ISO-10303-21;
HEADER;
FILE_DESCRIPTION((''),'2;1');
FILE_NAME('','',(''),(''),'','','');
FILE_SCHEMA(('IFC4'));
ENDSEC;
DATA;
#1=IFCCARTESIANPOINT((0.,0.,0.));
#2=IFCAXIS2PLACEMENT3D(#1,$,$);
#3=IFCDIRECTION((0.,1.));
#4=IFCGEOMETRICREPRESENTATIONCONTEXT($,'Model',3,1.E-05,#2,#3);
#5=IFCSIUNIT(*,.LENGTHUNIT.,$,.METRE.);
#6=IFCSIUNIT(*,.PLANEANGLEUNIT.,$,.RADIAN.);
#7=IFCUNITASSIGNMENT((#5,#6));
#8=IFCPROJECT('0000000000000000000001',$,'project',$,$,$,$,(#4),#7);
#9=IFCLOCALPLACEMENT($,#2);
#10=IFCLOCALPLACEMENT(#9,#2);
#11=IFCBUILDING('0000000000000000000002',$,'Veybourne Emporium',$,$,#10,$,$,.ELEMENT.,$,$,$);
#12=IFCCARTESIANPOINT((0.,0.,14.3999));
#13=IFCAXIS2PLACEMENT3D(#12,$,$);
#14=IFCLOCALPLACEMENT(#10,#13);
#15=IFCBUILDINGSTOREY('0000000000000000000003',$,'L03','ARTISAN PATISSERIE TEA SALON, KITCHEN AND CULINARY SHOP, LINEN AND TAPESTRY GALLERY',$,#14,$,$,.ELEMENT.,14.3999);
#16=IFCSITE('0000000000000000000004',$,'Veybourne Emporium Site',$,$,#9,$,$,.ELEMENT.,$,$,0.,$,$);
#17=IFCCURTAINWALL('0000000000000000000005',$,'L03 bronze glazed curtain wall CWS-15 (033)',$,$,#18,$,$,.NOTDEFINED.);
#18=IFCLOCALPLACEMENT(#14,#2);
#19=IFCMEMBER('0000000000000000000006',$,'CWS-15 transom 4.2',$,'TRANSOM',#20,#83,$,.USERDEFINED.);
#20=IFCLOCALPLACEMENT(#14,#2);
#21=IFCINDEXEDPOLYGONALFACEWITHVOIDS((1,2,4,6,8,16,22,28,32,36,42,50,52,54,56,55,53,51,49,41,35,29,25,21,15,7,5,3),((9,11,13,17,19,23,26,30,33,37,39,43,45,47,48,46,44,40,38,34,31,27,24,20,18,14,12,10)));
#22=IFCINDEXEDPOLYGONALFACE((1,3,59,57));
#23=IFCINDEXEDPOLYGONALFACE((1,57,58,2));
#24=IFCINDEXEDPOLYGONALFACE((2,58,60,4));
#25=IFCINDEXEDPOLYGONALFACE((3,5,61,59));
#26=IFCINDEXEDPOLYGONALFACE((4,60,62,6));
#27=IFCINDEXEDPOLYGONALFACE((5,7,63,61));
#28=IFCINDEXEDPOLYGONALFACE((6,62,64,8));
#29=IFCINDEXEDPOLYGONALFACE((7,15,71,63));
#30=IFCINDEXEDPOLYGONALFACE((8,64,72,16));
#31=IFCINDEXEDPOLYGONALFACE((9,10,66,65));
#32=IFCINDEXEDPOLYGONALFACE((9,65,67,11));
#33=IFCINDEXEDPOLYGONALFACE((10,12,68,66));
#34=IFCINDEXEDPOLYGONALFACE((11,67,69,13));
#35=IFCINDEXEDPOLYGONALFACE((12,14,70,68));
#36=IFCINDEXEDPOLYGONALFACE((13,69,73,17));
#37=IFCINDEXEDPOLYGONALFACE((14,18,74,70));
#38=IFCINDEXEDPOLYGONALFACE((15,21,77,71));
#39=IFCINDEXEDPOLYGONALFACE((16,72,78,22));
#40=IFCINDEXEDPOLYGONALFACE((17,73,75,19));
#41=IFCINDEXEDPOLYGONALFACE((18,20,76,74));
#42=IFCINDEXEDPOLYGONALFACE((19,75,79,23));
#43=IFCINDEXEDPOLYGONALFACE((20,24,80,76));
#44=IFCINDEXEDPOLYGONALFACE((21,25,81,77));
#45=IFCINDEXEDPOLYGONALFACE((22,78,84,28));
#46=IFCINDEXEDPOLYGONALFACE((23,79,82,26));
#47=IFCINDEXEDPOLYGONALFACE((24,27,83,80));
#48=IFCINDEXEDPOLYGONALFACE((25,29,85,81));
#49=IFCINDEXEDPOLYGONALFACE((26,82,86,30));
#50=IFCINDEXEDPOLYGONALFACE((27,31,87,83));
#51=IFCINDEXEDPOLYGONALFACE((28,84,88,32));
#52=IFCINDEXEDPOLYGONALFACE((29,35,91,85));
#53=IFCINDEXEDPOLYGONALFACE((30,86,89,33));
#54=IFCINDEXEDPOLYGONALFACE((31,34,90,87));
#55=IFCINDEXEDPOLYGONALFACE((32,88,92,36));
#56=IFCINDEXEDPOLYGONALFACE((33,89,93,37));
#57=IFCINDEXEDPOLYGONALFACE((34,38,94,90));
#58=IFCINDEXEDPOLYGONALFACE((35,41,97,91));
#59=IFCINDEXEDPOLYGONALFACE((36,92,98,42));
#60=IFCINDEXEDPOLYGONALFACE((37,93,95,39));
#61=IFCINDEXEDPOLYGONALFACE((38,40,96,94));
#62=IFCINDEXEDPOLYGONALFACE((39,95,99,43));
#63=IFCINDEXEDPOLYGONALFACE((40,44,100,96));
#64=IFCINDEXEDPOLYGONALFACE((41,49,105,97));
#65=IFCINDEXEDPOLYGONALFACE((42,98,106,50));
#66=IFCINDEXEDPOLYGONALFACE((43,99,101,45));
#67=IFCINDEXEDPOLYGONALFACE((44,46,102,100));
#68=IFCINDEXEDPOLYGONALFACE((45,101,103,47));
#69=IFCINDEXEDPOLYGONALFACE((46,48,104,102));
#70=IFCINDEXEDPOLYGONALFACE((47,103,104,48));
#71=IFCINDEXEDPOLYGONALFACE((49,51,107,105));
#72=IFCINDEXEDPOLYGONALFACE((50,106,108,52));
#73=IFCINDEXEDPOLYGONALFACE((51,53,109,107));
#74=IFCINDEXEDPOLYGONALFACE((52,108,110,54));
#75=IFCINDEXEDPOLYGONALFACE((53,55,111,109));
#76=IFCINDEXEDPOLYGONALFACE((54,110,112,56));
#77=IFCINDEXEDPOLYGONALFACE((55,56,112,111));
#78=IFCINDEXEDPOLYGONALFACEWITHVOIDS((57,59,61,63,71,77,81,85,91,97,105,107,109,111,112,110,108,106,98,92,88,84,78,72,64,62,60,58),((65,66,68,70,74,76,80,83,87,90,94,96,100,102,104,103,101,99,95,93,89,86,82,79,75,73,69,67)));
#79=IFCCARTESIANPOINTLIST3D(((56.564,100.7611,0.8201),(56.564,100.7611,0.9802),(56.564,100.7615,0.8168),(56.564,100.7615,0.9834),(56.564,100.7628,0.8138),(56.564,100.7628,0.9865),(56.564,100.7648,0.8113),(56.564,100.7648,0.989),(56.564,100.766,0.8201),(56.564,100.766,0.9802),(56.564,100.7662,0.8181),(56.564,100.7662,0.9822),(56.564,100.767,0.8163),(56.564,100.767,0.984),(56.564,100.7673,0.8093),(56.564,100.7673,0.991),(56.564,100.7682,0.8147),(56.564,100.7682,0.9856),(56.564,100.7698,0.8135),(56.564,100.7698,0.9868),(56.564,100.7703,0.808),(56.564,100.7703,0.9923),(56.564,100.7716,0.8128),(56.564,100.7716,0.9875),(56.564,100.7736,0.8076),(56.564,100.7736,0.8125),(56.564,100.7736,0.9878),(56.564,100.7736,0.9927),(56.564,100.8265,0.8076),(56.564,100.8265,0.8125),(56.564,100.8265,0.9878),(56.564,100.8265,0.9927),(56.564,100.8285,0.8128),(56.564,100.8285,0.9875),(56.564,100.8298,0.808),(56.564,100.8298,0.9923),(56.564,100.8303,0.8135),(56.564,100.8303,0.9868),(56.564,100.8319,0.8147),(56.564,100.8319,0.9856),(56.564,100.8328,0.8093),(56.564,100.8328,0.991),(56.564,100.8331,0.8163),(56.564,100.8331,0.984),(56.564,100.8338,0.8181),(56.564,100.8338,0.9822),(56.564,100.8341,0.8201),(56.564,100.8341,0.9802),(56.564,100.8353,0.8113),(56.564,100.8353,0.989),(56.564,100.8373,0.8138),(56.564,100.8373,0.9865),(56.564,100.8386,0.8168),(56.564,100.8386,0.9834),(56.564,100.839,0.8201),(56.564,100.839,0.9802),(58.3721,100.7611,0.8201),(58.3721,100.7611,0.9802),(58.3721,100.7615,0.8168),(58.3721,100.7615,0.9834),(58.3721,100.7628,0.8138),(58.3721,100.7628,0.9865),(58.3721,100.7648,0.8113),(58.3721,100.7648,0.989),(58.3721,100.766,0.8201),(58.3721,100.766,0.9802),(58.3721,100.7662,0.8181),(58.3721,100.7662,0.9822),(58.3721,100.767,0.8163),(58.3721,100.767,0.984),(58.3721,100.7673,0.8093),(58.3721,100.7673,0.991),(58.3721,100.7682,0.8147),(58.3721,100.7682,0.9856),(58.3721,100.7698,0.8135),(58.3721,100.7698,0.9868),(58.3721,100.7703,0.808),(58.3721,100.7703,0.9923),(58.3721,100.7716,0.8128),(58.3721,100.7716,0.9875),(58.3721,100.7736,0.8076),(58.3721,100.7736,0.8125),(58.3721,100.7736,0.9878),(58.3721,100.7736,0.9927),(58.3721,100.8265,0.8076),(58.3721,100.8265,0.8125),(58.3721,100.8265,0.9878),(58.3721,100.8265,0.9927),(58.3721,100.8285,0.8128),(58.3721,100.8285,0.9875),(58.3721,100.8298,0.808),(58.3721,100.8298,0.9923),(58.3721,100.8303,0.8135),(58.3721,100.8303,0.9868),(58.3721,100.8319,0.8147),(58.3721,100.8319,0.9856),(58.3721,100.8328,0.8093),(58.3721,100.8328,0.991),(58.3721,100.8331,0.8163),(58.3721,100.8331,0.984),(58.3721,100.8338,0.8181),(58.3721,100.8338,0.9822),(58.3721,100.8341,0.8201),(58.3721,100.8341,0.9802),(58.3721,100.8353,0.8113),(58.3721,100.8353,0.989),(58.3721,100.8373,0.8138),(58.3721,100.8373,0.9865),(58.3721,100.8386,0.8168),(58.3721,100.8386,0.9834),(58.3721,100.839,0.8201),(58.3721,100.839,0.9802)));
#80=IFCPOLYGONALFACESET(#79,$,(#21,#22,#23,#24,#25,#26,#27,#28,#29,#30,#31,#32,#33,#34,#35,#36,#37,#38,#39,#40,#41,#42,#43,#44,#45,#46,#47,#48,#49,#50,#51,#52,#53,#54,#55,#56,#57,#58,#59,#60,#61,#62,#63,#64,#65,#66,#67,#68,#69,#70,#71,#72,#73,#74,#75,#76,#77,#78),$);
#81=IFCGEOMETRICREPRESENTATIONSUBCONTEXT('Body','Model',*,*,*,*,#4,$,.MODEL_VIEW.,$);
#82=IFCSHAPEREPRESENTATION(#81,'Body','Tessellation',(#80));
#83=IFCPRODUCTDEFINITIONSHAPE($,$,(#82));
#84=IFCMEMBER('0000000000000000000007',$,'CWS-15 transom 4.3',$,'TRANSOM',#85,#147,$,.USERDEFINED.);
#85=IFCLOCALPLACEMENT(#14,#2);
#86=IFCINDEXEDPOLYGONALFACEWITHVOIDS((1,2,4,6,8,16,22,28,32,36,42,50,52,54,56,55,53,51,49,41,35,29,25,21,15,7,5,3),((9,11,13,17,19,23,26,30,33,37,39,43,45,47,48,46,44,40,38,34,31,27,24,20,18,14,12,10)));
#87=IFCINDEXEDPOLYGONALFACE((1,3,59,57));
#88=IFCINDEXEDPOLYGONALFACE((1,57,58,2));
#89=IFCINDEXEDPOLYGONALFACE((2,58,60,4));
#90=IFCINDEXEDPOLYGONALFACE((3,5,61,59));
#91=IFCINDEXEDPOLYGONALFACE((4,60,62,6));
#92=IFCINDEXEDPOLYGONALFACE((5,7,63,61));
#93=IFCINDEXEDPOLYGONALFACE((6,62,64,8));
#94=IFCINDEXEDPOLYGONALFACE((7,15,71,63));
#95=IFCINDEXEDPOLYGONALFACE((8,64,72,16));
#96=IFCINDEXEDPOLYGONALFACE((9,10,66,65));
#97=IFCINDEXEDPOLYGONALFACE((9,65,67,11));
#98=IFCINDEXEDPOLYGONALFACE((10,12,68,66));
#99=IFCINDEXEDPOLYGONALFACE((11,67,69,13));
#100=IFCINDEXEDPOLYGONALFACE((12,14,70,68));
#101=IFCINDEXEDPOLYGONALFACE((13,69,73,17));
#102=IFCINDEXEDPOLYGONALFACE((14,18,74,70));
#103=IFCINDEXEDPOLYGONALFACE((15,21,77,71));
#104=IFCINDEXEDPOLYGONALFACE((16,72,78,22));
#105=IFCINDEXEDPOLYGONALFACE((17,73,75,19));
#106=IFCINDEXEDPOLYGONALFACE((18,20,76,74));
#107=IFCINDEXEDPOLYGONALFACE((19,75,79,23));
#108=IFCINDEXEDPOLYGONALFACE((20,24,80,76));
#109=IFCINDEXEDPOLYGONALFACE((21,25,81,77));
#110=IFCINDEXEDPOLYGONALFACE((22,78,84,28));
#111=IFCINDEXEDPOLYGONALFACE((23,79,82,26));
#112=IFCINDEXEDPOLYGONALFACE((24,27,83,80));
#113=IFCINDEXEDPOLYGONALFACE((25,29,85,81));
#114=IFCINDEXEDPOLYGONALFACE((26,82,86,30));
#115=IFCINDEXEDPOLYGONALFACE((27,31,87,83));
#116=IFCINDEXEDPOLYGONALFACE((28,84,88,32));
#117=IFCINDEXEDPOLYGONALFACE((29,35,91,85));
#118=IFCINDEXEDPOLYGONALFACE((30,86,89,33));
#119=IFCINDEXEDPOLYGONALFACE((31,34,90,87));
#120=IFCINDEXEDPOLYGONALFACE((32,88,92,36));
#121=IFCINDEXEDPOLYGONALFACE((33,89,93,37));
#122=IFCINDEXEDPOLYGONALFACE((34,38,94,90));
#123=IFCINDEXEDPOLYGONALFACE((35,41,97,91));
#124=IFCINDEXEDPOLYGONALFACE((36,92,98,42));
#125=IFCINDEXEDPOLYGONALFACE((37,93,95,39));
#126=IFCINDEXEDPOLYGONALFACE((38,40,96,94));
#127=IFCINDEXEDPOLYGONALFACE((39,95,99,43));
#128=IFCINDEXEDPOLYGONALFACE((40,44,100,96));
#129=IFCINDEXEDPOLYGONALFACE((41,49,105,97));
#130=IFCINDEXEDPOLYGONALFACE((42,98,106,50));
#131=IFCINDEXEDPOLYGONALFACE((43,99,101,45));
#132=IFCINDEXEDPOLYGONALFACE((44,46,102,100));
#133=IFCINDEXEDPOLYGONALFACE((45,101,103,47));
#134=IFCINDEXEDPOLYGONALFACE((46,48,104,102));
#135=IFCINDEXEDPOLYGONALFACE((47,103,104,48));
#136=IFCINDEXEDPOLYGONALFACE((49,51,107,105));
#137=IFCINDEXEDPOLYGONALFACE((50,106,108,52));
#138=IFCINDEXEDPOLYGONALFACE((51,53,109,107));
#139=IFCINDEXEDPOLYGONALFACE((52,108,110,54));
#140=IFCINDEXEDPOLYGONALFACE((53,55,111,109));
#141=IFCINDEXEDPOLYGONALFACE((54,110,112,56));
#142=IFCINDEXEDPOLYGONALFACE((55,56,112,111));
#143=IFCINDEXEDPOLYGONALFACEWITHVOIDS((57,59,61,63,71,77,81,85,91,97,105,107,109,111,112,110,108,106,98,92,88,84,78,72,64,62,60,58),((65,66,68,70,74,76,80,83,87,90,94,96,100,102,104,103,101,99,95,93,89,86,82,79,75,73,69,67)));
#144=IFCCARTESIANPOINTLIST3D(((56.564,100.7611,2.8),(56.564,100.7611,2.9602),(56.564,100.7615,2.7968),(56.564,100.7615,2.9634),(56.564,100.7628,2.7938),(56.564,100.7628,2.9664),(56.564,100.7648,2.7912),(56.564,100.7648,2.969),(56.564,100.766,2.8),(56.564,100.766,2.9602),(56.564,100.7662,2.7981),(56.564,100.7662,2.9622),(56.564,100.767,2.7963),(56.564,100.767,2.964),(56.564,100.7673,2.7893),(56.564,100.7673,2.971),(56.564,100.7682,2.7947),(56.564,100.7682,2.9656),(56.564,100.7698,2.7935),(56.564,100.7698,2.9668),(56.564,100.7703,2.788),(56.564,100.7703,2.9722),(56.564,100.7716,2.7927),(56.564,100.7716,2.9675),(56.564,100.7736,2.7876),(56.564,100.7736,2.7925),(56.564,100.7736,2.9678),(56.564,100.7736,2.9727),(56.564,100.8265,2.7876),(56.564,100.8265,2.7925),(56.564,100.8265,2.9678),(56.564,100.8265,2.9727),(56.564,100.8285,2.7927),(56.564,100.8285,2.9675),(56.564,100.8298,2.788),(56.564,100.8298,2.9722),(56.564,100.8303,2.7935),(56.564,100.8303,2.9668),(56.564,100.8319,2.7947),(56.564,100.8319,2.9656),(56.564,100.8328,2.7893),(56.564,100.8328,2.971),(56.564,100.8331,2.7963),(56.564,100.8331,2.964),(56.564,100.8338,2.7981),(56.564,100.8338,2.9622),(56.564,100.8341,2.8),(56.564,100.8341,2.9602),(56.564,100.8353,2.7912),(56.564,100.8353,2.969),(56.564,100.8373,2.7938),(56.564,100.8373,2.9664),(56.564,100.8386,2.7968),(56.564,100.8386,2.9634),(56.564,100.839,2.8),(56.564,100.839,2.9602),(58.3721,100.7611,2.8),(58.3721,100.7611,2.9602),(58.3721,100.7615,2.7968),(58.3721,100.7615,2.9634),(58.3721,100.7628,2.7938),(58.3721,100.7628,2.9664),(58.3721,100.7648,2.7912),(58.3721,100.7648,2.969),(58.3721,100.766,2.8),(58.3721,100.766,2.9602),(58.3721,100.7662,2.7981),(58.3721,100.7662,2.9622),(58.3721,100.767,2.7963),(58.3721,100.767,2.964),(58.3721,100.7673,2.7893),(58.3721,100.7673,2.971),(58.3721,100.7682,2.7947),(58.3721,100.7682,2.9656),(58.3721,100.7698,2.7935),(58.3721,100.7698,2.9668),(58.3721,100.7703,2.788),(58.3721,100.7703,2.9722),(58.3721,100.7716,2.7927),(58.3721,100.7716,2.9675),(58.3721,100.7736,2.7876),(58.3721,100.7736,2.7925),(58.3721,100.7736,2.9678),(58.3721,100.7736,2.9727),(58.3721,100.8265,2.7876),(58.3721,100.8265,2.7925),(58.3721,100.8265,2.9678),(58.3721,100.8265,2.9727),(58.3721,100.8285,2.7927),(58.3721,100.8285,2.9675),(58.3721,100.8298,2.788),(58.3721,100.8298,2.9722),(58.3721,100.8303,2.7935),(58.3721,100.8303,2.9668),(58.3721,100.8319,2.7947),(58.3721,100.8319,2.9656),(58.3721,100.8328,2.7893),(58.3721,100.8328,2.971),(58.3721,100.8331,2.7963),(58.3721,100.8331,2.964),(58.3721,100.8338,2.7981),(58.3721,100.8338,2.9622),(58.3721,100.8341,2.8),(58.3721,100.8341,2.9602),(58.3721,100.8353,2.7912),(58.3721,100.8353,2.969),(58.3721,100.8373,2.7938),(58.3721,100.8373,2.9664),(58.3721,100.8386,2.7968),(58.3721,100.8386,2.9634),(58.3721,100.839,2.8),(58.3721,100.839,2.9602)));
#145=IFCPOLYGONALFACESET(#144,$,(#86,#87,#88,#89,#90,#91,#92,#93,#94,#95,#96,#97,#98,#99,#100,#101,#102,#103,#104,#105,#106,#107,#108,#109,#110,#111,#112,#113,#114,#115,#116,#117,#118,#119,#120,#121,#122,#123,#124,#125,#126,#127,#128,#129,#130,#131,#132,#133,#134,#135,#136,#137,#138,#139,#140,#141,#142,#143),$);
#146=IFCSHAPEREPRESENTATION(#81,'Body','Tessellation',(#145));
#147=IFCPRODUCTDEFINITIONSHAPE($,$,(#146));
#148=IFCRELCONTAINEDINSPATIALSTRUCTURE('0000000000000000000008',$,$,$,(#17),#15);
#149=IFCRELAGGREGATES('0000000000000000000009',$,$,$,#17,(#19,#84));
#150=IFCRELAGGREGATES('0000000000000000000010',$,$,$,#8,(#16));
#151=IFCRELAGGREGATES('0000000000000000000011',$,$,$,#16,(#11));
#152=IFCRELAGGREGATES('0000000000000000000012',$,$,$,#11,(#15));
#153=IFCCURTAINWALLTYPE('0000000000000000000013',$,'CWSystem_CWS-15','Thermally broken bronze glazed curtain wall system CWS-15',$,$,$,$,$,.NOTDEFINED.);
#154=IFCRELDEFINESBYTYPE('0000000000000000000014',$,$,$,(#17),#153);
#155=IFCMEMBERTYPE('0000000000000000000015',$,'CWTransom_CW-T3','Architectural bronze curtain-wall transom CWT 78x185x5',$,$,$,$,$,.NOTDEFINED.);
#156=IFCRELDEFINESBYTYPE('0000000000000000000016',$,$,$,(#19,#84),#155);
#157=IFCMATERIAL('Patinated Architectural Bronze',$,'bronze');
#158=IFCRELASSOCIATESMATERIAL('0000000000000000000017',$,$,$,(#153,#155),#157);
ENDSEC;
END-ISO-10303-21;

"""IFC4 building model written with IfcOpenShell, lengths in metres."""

from ifc_helpers import new_model, si_unit, direction, frame, origin, origin_2d, place, context, subcontext, project, spatial, hollow_rectangle, extrude, material, material_profile, profile_set, type_object, element, aggregate, save


model = new_model("IFC4")

# Units and contexts
model_context = context("Model", 3, precision=1e-05, world=origin(), true_north=direction((0.0, 1.0)))
body_context = subcontext(model_context, "Body", "Model", "MODEL_VIEW")
ifc_project = project(units=[si_unit("LENGTHUNIT", "METRE"), si_unit("PLANEANGLEUNIT", "RADIAN")], contexts=[model_context])

# Site, building, storey
site_placement = place(None, origin())
site = spatial("IfcSite", under=ifc_project, at=site_placement, Name="Veybourne Emporium Site", CompositionType="ELEMENT", RefElevation=0.0)
building_placement = place(site_placement, origin())
building = spatial("IfcBuilding", under=site, at=building_placement, Name="Veybourne Emporium", CompositionType="ELEMENT")
storey_placement = place(building_placement, frame((0.0, 0.0, 14.3999)))
storey = spatial("IfcBuildingStorey", under=building, at=storey_placement, Name="L03", Description="ARTISAN PATISSERIE TEA SALON, KITCHEN AND CULINARY SHOP, LINEN AND TAPESTRY GALLERY", CompositionType="ELEMENT", Elevation=14.3999)

# Curtain wall
ifc_material_1 = material(Name="Patinated Architectural Bronze", Category="bronze")
curtain_wall_type_1 = type_object("IfcCurtainWallType", Name="CWSystem_CWS-15", Description="Thermally broken bronze glazed curtain wall system CWS-15", PredefinedType="NOTDEFINED", material=ifc_material_1)
curtain_wall_1_placement = place(storey_placement, origin())
curtain_wall_1 = element("IfcCurtainWall", 1, at=curtain_wall_1_placement, inside=storey, type_object=curtain_wall_type_1, Name="L03 bronze glazed curtain wall CWS-15 (033)", PredefinedType="NOTDEFINED")

# Members
ifc_material_profile_1 = material_profile(ifc_material_1, hollow_rectangle(XDim=0.0779, YDim=0.1851, WallThickness=0.0049, InnerFilletRadius=0.0076, OuterFilletRadius=0.0125, at=origin_2d()), Name="CWT 78x185x5")
ifc_profile_set_1 = profile_set([ifc_material_profile_1], Name="Patinated Architectural Bronze")
member_type_1 = type_object("IfcMemberType", Name="CWTransom_CW-T3", Description="Architectural bronze curtain-wall transom CWT 78x185x5", PredefinedType="NOTDEFINED", material=ifc_profile_set_1)
member_1_placement = place(storey_placement, frame((56.564, 100.8, 0.9001), z_axis=(1.0, 0.0, 0.0), x_axis=(0.0, 1.0, 0.0)))
member_1 = element("IfcMember", 2, at=member_1_placement, type_object=member_type_1, Name="CWS-15 transom 4.2", ObjectType="TRANSOM", PredefinedType="USERDEFINED", context=body_context, shape_type="SweptSolid", body=[
    extrude(hollow_rectangle(XDim=0.0779, YDim=0.1851, WallThickness=0.0049, InnerFilletRadius=0.0076, OuterFilletRadius=0.0125, at=origin_2d()), origin(), (0.0, 0.0, 1.0), 1.8081),
])
member_2_placement = place(storey_placement, frame((56.564, 100.8, 2.8801), z_axis=(1.0, 0.0, 0.0), x_axis=(0.0, 1.0, 0.0)))
member_2 = element("IfcMember", 3, at=member_2_placement, type_object=member_type_1, Name="CWS-15 transom 4.3", ObjectType="TRANSOM", PredefinedType="USERDEFINED", context=body_context, shape_type="SweptSolid", body=[
    extrude(hollow_rectangle(XDim=0.0779, YDim=0.1851, WallThickness=0.0049, InnerFilletRadius=0.0076, OuterFilletRadius=0.0125, at=origin_2d()), origin(), (0.0, 0.0, 1.0), 1.8081),
])

aggregate(curtain_wall_1, [member_1, member_2])

save(model, "model.ifc")
